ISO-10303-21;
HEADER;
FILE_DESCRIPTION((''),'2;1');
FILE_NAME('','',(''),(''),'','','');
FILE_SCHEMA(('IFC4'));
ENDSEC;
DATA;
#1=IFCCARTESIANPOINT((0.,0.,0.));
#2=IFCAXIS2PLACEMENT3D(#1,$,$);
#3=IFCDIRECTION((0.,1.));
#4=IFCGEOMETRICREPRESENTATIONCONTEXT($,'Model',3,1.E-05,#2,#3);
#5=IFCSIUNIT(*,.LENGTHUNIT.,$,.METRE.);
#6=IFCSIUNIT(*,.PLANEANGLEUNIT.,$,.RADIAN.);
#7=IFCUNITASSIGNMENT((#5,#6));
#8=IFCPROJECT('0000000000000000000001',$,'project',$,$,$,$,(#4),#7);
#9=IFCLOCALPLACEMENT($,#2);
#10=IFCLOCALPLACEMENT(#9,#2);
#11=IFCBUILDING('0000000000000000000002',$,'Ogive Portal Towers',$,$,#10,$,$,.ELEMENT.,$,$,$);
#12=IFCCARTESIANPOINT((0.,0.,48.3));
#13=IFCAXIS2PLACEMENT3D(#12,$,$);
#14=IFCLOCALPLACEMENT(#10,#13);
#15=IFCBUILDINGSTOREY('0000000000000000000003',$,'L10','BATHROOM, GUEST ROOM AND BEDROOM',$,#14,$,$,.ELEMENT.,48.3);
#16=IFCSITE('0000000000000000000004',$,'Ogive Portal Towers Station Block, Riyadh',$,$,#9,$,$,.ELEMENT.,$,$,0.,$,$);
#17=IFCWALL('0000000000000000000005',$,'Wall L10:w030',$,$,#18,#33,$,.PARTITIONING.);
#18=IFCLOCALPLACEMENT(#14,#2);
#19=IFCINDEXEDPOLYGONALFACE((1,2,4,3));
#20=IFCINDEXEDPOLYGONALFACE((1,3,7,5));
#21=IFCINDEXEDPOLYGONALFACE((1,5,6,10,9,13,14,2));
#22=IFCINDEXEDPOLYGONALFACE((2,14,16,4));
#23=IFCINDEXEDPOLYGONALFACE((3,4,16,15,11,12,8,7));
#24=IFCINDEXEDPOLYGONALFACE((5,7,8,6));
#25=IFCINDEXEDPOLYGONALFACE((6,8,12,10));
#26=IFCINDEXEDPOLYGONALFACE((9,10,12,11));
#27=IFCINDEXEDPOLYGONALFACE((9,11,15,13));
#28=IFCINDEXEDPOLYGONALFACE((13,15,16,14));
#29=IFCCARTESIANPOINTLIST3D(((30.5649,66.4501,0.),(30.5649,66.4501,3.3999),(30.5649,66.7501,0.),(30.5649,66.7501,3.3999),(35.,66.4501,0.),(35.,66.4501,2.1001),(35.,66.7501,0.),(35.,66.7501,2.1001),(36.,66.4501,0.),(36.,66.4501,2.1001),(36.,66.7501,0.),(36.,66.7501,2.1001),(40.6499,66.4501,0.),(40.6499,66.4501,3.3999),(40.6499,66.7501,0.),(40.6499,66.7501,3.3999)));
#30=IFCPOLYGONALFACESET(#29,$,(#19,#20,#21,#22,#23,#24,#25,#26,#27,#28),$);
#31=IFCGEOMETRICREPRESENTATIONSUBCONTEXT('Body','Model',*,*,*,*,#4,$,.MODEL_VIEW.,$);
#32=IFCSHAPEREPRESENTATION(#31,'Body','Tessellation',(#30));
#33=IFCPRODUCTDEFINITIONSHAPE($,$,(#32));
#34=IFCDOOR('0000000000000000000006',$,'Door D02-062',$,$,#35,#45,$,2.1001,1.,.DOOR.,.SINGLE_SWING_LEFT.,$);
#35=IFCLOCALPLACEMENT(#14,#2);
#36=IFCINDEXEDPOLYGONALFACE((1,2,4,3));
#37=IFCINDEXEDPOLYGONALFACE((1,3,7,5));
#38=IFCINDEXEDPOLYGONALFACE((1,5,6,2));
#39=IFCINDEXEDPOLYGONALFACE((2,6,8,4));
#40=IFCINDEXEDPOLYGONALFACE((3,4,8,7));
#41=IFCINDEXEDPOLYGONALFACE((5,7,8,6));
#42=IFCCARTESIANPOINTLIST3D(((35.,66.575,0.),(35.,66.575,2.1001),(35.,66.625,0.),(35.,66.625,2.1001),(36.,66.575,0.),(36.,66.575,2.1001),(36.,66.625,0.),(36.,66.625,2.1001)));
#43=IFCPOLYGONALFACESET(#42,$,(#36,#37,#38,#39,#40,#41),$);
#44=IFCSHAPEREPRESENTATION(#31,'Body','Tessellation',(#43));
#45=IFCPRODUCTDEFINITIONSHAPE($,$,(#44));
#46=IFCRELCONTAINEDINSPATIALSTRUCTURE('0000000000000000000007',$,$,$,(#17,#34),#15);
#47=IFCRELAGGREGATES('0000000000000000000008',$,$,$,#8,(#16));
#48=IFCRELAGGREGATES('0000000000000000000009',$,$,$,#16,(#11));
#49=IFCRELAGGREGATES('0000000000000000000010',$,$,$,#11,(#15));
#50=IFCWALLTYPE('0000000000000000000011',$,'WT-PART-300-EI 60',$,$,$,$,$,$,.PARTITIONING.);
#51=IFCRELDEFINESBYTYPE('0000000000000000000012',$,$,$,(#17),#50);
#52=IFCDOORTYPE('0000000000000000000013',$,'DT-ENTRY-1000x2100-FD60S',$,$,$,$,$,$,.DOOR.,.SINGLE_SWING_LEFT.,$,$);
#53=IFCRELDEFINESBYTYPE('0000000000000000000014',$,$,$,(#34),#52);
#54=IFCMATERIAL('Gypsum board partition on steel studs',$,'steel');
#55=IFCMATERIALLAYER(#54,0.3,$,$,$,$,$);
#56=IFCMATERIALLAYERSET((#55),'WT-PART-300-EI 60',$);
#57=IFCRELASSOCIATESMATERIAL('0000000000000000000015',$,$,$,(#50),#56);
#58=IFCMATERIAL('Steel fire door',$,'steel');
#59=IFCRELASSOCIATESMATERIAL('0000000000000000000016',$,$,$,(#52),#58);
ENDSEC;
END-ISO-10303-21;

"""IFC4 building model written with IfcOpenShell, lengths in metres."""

from ifc_helpers import new_model, si_unit, direction, frame, frame_2d, origin, place, context, subcontext, project, spatial, rectangle, extrude, material, layer, layer_set, type_object, element, fill, save


model = new_model("IFC4")

# Units and contexts
model_context = context("Model", 3, precision=1e-05, world=origin(), true_north=direction((0.0, 1.0)))
body_context = subcontext(model_context, "Body", "Model", "MODEL_VIEW")
ifc_project = project(units=[si_unit("LENGTHUNIT", "METRE"), si_unit("PLANEANGLEUNIT", "RADIAN")], contexts=[model_context])

# Site, building, storey
site_placement = place(None, origin())
site = spatial("IfcSite", under=ifc_project, at=site_placement, Name="Ogive Portal Towers Station Block, Riyadh", CompositionType="ELEMENT", RefElevation=0.0)
building_placement = place(site_placement, origin())
building = spatial("IfcBuilding", under=site, at=building_placement, Name="Ogive Portal Towers", CompositionType="ELEMENT")
storey_placement = place(building_placement, frame((0.0, 0.0, 48.3)))
storey = spatial("IfcBuildingStorey", under=building, at=storey_placement, Name="L10", Description="BATHROOM, GUEST ROOM AND BEDROOM", CompositionType="ELEMENT", Elevation=48.3)

# Wall, opening, door
ifc_material_1 = material(Name="Gypsum board partition on steel studs", Category="steel")
ifc_layer_1 = layer(ifc_material_1, 0.3)
ifc_layer_set_1 = layer_set([ifc_layer_1], Name="WT-PART-300-EI 60")
wall_type_1 = type_object("IfcWallType", Name="WT-PART-300-EI 60", PredefinedType="PARTITIONING", material=ifc_layer_set_1)
wall_1_placement = place(storey_placement, frame((30.5649, 66.6001, 0.0), z_axis=(0.0, 0.0, 1.0), x_axis=(1.0, 0.0, 0.0)))
wall_1 = element("IfcWall", 1, at=wall_1_placement, inside=storey, type_object=wall_type_1, Name="Wall L10:w030", PredefinedType="PARTITIONING", context=body_context, shape_type="SweptSolid", body=[
    extrude(rectangle(XDim=10.085, YDim=0.3, at=frame_2d((5.0425, 0.0))), origin(), (0.0, 0.0, 1.0), 3.3999),
])
opening_1_placement = place(wall_1_placement, frame((4.4351, 0.0, 0.0)))
opening_1 = element("IfcOpeningElement", 2, at=opening_1_placement, cuts=wall_1, PredefinedType="OPENING", context=body_context, shape_type="SweptSolid", body=[
    extrude(rectangle(XDim=1.0, YDim=2.1001, at=frame_2d((0.5, 1.05))), frame((0.0, 0.1602, 0.0), z_axis=(0.0, -1.0, 0.0), x_axis=(1.0, 0.0, 0.0)), (0.0, 0.0, 1.0), 0.3201),
])
ifc_material_2 = material(Name="Steel fire door", Category="steel")
door_type = type_object("IfcDoorType", Name="DT-ENTRY-1000x2100-FD60S", OperationType="SINGLE_SWING_LEFT", PredefinedType="DOOR", material=ifc_material_2)
door_placement = place(opening_1_placement, origin())
door = element("IfcDoor", 3, at=door_placement, inside=storey, type_object=door_type, Name="Door D02-062", OperationType="SINGLE_SWING_LEFT", OverallHeight=2.1001, OverallWidth=1.0, PredefinedType="DOOR", context=body_context, shape_type="SweptSolid", body=[
    extrude(rectangle(XDim=1.0, YDim=2.1001, at=frame_2d((0.5, 1.05))), frame((0.0, 0.0249, 0.0), z_axis=(0.0, -1.0, 0.0), x_axis=(1.0, 0.0, 0.0)), (0.0, 0.0, 1.0), 0.05),
])
fill(opening_1, door)

save(model, "model.ifc")
